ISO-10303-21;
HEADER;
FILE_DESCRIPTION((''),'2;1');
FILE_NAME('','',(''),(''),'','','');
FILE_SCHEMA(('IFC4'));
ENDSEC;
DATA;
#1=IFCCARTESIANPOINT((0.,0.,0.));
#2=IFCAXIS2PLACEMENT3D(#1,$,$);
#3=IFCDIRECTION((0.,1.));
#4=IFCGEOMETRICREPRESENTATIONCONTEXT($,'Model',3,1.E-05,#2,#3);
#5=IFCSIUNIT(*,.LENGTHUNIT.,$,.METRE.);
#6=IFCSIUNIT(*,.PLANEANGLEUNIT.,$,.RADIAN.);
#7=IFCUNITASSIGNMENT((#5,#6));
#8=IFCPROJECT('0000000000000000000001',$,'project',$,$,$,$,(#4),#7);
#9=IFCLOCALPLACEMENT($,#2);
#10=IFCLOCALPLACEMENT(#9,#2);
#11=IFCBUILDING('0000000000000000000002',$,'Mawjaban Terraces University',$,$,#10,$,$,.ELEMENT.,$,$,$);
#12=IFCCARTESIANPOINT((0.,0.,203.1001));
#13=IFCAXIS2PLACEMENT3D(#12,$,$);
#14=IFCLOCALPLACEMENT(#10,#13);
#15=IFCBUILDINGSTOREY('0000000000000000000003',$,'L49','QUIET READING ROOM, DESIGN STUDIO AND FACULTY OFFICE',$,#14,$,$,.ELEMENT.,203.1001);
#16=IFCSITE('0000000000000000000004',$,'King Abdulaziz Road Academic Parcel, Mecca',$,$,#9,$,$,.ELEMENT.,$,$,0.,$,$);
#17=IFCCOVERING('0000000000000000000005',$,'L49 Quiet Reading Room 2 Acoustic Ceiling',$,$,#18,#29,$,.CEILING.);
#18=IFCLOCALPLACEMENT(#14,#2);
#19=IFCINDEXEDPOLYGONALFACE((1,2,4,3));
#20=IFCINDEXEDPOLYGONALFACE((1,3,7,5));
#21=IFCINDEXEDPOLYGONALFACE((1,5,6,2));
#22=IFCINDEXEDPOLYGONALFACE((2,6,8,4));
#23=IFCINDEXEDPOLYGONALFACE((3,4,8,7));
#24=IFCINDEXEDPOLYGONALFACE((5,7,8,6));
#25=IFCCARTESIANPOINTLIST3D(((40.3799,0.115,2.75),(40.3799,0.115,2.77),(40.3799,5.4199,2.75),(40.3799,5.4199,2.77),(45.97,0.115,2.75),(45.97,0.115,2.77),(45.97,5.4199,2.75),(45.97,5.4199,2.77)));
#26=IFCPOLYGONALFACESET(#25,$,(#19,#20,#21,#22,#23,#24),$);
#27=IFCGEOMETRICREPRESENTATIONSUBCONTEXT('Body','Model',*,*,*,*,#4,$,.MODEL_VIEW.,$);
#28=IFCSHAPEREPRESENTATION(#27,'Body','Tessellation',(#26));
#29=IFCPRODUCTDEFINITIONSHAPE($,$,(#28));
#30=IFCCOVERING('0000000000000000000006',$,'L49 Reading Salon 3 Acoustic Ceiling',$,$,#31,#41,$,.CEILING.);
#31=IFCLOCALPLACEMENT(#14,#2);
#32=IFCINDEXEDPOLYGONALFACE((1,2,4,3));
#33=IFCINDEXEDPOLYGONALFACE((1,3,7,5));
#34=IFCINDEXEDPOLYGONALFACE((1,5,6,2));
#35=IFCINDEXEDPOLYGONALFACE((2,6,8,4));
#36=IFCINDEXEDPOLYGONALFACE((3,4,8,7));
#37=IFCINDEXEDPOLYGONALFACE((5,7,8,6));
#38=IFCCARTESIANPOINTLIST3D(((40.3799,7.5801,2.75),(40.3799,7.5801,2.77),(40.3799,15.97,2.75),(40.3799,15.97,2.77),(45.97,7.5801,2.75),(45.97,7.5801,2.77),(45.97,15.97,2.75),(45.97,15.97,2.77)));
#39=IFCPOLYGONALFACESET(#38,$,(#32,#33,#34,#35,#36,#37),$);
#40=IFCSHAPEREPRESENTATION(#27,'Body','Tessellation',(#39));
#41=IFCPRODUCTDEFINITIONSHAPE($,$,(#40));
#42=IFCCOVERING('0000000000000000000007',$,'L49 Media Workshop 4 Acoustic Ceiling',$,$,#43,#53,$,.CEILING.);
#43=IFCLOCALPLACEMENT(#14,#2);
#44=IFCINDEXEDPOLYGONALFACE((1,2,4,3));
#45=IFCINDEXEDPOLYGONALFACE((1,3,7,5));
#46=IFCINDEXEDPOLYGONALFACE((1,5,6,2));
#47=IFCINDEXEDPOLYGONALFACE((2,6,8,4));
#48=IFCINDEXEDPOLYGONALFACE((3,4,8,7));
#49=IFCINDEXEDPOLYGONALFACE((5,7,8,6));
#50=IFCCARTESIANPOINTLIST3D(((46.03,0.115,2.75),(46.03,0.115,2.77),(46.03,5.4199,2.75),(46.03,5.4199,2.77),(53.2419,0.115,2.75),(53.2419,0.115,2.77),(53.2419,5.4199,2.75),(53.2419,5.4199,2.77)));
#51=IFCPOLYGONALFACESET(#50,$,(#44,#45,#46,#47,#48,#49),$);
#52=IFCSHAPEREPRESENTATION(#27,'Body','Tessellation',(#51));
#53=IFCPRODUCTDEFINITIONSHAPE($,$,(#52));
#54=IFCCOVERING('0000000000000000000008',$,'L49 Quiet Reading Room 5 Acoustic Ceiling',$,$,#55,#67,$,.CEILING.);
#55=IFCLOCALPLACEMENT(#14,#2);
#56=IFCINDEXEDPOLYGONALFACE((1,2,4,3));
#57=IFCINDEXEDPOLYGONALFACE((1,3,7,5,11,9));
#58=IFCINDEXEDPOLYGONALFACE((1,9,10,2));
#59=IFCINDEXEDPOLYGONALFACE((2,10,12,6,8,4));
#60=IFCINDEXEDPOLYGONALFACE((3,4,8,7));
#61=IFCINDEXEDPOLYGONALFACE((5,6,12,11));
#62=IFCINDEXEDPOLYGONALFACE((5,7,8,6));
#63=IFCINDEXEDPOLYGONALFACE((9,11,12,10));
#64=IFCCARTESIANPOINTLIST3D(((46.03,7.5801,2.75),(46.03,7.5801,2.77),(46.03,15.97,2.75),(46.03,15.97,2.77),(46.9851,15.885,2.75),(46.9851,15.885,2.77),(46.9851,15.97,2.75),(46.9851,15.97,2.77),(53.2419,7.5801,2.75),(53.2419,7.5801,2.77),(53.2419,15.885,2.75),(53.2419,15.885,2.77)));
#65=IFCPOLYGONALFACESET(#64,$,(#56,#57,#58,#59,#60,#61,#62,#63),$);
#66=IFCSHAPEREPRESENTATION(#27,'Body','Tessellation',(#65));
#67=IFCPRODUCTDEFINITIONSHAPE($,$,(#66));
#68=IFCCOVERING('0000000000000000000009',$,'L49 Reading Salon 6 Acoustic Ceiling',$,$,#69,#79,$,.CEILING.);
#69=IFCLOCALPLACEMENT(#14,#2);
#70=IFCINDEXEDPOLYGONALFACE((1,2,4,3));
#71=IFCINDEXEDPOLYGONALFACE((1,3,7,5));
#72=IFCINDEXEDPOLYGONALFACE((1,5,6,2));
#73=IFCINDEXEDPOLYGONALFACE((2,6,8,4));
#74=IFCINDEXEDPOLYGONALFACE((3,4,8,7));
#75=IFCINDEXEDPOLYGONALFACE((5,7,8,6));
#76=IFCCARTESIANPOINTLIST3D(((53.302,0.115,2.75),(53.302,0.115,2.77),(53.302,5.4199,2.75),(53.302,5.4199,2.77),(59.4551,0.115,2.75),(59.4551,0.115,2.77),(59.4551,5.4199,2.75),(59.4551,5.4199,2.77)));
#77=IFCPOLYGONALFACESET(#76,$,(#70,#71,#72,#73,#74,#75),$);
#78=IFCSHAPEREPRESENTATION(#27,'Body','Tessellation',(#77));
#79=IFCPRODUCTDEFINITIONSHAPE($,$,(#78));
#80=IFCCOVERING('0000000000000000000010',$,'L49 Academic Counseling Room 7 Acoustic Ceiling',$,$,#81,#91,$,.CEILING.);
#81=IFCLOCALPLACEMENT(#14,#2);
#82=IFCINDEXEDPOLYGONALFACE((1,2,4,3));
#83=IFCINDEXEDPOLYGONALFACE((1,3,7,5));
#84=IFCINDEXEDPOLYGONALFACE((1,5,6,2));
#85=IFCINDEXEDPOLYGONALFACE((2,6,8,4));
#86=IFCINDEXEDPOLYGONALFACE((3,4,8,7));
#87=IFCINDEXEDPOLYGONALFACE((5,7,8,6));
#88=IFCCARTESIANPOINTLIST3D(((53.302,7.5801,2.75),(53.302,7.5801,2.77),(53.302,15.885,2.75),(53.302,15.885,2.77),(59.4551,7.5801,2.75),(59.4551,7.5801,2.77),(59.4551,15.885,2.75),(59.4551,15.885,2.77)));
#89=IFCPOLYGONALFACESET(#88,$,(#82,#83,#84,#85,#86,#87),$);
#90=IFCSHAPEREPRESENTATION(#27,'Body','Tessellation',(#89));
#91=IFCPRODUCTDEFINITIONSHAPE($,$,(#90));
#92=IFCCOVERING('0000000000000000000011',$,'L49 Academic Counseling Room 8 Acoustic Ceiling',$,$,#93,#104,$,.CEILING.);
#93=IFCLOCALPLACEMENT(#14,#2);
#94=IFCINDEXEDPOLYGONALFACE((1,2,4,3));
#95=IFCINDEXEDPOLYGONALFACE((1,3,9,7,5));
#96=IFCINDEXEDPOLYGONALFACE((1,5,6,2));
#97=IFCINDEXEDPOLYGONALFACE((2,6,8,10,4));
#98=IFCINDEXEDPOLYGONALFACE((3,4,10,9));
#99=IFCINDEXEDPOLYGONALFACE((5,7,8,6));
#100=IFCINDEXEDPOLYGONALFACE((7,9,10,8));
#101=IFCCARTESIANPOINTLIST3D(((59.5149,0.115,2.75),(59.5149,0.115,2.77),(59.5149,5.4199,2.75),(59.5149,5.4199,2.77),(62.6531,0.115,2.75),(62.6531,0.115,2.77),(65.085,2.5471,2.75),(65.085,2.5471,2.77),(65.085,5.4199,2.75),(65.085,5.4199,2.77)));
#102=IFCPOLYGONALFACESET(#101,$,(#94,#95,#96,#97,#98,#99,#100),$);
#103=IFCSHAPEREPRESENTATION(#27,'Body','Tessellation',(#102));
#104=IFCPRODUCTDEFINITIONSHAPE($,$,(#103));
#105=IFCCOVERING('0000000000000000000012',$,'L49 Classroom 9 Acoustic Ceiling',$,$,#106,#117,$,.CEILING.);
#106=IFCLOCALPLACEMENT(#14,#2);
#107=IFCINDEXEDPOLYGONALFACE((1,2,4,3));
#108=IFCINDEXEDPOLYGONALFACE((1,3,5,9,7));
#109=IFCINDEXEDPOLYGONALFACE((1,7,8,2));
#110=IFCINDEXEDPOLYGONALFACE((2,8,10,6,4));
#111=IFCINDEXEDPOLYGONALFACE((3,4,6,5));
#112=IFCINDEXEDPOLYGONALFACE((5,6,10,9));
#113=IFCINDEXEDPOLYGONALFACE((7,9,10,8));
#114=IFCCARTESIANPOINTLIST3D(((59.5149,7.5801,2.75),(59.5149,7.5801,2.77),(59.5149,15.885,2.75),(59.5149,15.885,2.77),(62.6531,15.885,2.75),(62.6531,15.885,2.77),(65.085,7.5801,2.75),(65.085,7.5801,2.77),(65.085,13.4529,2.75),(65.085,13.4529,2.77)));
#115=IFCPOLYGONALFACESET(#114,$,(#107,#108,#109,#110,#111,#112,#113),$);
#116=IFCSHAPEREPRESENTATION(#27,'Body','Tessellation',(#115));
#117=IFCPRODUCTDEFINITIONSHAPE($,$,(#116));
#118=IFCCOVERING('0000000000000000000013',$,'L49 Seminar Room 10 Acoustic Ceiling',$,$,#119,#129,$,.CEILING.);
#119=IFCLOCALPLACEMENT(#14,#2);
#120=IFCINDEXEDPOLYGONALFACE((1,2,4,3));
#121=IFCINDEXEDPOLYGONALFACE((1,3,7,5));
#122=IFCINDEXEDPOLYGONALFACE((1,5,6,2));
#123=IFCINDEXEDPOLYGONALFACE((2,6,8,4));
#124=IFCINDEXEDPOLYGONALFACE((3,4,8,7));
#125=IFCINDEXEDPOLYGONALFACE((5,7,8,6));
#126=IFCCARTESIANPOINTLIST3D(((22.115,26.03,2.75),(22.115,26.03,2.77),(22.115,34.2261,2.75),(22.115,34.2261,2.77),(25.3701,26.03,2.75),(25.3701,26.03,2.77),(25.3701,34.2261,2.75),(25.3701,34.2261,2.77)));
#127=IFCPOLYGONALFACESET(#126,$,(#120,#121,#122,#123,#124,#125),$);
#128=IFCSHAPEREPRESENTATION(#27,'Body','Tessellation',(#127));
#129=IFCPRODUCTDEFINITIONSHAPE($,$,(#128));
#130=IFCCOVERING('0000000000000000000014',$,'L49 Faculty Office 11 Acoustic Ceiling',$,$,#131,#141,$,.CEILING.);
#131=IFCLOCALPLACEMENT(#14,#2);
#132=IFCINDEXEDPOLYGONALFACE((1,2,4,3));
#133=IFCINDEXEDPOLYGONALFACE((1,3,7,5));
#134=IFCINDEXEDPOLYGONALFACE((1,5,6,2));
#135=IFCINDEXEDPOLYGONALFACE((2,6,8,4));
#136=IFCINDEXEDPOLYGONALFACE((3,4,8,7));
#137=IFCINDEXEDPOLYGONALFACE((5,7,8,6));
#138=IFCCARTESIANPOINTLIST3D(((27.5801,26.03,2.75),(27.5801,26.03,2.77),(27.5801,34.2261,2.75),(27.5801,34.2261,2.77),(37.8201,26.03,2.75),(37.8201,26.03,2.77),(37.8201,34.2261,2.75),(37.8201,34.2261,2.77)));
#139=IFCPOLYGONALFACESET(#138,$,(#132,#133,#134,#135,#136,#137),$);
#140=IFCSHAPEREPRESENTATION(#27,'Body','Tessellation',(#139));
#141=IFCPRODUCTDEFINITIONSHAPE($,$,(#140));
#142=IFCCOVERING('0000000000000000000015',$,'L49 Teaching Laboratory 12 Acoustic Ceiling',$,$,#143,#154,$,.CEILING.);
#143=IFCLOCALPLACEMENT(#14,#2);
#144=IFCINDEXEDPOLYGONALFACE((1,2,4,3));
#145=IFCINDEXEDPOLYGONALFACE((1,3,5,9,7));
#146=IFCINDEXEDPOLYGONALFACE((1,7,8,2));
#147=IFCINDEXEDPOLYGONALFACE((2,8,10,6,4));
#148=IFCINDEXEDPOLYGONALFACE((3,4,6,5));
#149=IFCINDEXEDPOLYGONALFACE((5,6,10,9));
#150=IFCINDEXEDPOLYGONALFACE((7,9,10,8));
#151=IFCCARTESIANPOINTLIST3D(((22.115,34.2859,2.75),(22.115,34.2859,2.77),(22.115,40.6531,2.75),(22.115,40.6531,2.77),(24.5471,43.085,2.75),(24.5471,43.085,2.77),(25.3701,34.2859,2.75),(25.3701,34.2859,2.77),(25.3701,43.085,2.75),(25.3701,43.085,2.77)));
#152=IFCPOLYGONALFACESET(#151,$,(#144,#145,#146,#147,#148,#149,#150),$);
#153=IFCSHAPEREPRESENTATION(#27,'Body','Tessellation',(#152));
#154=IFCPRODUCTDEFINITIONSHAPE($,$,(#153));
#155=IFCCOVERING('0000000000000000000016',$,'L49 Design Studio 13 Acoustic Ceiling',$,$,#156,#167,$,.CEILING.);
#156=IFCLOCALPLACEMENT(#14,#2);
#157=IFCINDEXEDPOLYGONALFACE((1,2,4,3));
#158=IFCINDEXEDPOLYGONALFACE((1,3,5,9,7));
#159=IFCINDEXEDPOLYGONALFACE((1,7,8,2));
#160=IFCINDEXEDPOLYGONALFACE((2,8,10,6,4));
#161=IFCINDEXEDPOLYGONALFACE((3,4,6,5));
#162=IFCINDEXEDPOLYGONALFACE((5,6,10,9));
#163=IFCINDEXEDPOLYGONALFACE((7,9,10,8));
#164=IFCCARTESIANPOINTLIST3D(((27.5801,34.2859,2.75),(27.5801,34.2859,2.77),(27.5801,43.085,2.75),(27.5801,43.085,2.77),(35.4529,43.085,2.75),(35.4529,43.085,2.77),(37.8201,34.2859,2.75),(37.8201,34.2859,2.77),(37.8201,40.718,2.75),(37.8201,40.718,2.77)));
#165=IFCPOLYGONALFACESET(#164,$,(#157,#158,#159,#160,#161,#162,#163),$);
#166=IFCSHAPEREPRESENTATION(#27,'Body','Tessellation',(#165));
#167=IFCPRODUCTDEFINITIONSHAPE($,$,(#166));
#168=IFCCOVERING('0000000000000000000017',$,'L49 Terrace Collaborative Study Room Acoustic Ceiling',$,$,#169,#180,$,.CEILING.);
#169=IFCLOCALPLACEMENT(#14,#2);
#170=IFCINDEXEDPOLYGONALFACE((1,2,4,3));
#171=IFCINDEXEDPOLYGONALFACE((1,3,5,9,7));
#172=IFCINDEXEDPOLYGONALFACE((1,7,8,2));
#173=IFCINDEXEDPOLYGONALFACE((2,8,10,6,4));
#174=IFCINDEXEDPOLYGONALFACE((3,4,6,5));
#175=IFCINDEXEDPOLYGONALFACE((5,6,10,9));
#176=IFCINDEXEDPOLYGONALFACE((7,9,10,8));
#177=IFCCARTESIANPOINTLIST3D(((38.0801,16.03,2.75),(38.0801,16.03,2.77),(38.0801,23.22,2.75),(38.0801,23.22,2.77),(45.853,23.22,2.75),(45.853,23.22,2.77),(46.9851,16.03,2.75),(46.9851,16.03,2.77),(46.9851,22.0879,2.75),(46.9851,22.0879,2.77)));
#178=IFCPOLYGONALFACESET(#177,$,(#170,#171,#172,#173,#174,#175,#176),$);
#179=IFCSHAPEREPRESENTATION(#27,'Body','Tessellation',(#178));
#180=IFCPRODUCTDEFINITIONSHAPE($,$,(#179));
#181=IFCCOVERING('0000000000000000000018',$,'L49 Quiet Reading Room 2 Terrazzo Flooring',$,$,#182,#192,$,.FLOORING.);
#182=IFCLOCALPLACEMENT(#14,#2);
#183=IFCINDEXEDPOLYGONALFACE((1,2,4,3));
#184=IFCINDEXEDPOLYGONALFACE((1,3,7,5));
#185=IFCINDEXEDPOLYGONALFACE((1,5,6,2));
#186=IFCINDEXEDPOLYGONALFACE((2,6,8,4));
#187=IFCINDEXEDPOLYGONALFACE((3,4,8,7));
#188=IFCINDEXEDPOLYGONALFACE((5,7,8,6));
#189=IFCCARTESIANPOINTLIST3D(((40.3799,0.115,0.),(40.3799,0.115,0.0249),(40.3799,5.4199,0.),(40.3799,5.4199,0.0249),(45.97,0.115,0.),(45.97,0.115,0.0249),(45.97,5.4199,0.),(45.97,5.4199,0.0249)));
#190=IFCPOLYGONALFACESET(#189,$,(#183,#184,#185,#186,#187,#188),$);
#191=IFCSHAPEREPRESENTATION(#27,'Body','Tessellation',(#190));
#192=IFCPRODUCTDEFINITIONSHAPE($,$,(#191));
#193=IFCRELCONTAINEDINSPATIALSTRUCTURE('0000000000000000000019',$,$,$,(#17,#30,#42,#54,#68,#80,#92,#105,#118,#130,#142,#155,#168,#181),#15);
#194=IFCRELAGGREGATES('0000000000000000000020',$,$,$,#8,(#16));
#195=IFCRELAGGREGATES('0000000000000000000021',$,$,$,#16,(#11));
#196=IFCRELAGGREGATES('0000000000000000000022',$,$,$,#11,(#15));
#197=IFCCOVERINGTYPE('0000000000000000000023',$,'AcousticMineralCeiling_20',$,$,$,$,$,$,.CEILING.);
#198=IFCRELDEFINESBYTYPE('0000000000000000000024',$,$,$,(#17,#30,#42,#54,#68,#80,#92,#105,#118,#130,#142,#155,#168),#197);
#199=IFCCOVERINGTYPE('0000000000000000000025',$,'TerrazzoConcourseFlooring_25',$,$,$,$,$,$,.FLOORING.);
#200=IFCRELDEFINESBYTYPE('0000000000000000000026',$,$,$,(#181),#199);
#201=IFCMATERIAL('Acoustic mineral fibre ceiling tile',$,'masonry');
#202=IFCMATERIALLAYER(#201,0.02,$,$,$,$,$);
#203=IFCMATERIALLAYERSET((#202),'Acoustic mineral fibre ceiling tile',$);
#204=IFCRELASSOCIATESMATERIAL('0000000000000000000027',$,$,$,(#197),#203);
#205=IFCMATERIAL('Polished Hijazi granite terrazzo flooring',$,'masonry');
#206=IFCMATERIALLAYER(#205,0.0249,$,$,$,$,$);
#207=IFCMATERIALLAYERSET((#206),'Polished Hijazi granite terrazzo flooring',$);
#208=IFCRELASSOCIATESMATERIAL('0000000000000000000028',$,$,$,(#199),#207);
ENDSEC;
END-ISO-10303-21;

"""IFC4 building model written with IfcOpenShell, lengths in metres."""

from ifc_helpers import new_model, si_unit, direction, frame, origin, place, context, subcontext, project, spatial, polyline, outline, extrude, material, layer, layer_set, type_object, element, save


model = new_model("IFC4")

# Units and contexts
model_context = context("Model", 3, precision=1e-05, world=origin(), true_north=direction((0.0, 1.0)))
body_context = subcontext(model_context, "Body", "Model", "MODEL_VIEW")
ifc_project = project(units=[si_unit("LENGTHUNIT", "METRE"), si_unit("PLANEANGLEUNIT", "RADIAN")], contexts=[model_context])

# Site, building, storey
site_placement = place(None, origin())
site = spatial("IfcSite", under=ifc_project, at=site_placement, Name="King Abdulaziz Road Academic Parcel, Mecca", CompositionType="ELEMENT", RefElevation=0.0)
building_placement = place(site_placement, origin())
building = spatial("IfcBuilding", under=site, at=building_placement, Name="Mawjaban Terraces University", CompositionType="ELEMENT")
storey_placement = place(building_placement, frame((0.0, 0.0, 203.1001)))
storey = spatial("IfcBuildingStorey", under=building, at=storey_placement, Name="L49", Description="QUIET READING ROOM, DESIGN STUDIO AND FACULTY OFFICE", CompositionType="ELEMENT", Elevation=203.1001)

# Coverings
ifc_material_1 = material(Name="Acoustic mineral fibre ceiling tile", Category="masonry")
ifc_layer_1 = layer(ifc_material_1, 0.02)
ifc_layer_set_1 = layer_set([ifc_layer_1], Name="Acoustic mineral fibre ceiling tile")
covering_type_1 = type_object("IfcCoveringType", Name="AcousticMineralCeiling_20", PredefinedType="CEILING", material=ifc_layer_set_1)
covering_1_placement = place(storey_placement, frame((0.0, 0.0, 2.75)))
element("IfcCovering", 1, at=covering_1_placement, inside=storey, type_object=covering_type_1, Name="L49 Quiet Reading Room 2 Acoustic Ceiling", PredefinedType="CEILING", context=body_context, shape_type="SweptSolid", body=[
    extrude(outline(polyline([(40.3799, 0.115), (45.97, 0.115), (45.97, 5.4199), (40.3799, 5.4199), (40.3799, 0.115)])), origin(), (0.0, 0.0, 1.0), 0.02),
])
covering_2_placement = place(storey_placement, frame((0.0, 0.0, 2.75)))
element("IfcCovering", 2, at=covering_2_placement, inside=storey, type_object=covering_type_1, Name="L49 Reading Salon 3 Acoustic Ceiling", PredefinedType="CEILING", context=body_context, shape_type="SweptSolid", body=[
    extrude(outline(polyline([(45.97, 7.5801), (45.97, 15.97), (40.3799, 15.97), (40.3799, 7.5801), (45.97, 7.5801)])), origin(), (0.0, 0.0, 1.0), 0.02),
])
covering_3_placement = place(storey_placement, frame((0.0, 0.0, 2.75)))
element("IfcCovering", 3, at=covering_3_placement, inside=storey, type_object=covering_type_1, Name="L49 Media Workshop 4 Acoustic Ceiling", PredefinedType="CEILING", context=body_context, shape_type="SweptSolid", body=[
    extrude(outline(polyline([(46.03, 0.115), (53.2419, 0.115), (53.2419, 5.4199), (46.03, 5.4199), (46.03, 0.115)])), origin(), (0.0, 0.0, 1.0), 0.02),
])
covering_4_placement = place(storey_placement, frame((0.0, 0.0, 2.75)))
element("IfcCovering", 4, at=covering_4_placement, inside=storey, type_object=covering_type_1, Name="L49 Quiet Reading Room 5 Acoustic Ceiling", PredefinedType="CEILING", context=body_context, shape_type="SweptSolid", body=[
    extrude(outline(polyline([(53.2419, 15.885), (46.9851, 15.885), (46.9851, 15.97), (46.03, 15.97), (46.03, 7.5801), (53.2419, 7.5801), (53.2419, 15.885)])), origin(), (0.0, 0.0, 1.0), 0.02),
])
covering_5_placement = place(storey_placement, frame((0.0, 0.0, 2.75)))
element("IfcCovering", 5, at=covering_5_placement, inside=storey, type_object=covering_type_1, Name="L49 Reading Salon 6 Acoustic Ceiling", PredefinedType="CEILING", context=body_context, shape_type="SweptSolid", body=[
    extrude(outline(polyline([(53.302, 0.115), (59.4551, 0.115), (59.4551, 5.4199), (53.302, 5.4199), (53.302, 0.115)])), origin(), (0.0, 0.0, 1.0), 0.02),
])
covering_6_placement = place(storey_placement, frame((0.0, 0.0, 2.75)))
element("IfcCovering", 6, at=covering_6_placement, inside=storey, type_object=covering_type_1, Name="L49 Academic Counseling Room 7 Acoustic Ceiling", PredefinedType="CEILING", context=body_context, shape_type="SweptSolid", body=[
    extrude(outline(polyline([(59.4551, 15.885), (53.302, 15.885), (53.302, 7.5801), (59.4551, 7.5801), (59.4551, 15.885)])), origin(), (0.0, 0.0, 1.0), 0.02),
])
covering_7_placement = place(storey_placement, frame((0.0, 0.0, 2.75)))
element("IfcCovering", 7, at=covering_7_placement, inside=storey, type_object=covering_type_1, Name="L49 Academic Counseling Room 8 Acoustic Ceiling", PredefinedType="CEILING", context=body_context, shape_type="SweptSolid", body=[
    extrude(outline(polyline([(59.5149, 0.115), (62.6531, 0.115), (65.085, 2.5471), (65.085, 5.4199), (59.5149, 5.4199), (59.5149, 0.115)])), origin(), (0.0, 0.0, 1.0), 0.02),
])
covering_8_placement = place(storey_placement, frame((0.0, 0.0, 2.75)))
element("IfcCovering", 8, at=covering_8_placement, inside=storey, type_object=covering_type_1, Name="L49 Classroom 9 Acoustic Ceiling", PredefinedType="CEILING", context=body_context, shape_type="SweptSolid", body=[
    extrude(outline(polyline([(65.085, 7.5801), (65.085, 13.4529), (62.6531, 15.885), (59.5149, 15.885), (59.5149, 7.5801), (65.085, 7.5801)])), origin(), (0.0, 0.0, 1.0), 0.02),
])
covering_9_placement = place(storey_placement, frame((0.0, 0.0, 2.75)))
element("IfcCovering", 9, at=covering_9_placement, inside=storey, type_object=covering_type_1, Name="L49 Seminar Room 10 Acoustic Ceiling", PredefinedType="CEILING", context=body_context, shape_type="SweptSolid", body=[
    extrude(outline(polyline([(22.115, 34.2261), (22.115, 26.03), (25.3701, 26.03), (25.3701, 34.2261), (22.115, 34.2261)])), origin(), (0.0, 0.0, 1.0), 0.02),
])
covering_10_placement = place(storey_placement, frame((0.0, 0.0, 2.75)))
element("IfcCovering", 10, at=covering_10_placement, inside=storey, type_object=covering_type_1, Name="L49 Faculty Office 11 Acoustic Ceiling", PredefinedType="CEILING", context=body_context, shape_type="SweptSolid", body=[
    extrude(outline(polyline([(37.8201, 26.03), (37.8201, 34.2261), (27.5801, 34.2261), (27.5801, 26.03), (37.8201, 26.03)])), origin(), (0.0, 0.0, 1.0), 0.02),
])
covering_11_placement = place(storey_placement, frame((0.0, 0.0, 2.75)))
element("IfcCovering", 11, at=covering_11_placement, inside=storey, type_object=covering_type_1, Name="L49 Teaching Laboratory 12 Acoustic Ceiling", PredefinedType="CEILING", context=body_context, shape_type="SweptSolid", body=[
    extrude(outline(polyline([(25.3701, 43.085), (24.5471, 43.085), (22.115, 40.6531), (22.115, 34.2859), (25.3701, 34.2859), (25.3701, 43.085)])), origin(), (0.0, 0.0, 1.0), 0.02),
])
covering_12_placement = place(storey_placement, frame((0.0, 0.0, 2.75)))
element("IfcCovering", 12, at=covering_12_placement, inside=storey, type_object=covering_type_1, Name="L49 Design Studio 13 Acoustic Ceiling", PredefinedType="CEILING", context=body_context, shape_type="SweptSolid", body=[
    extrude(outline(polyline([(37.8201, 40.718), (35.4529, 43.085), (27.5801, 43.085), (27.5801, 34.2859), (37.8201, 34.2859), (37.8201, 40.718)])), origin(), (0.0, 0.0, 1.0), 0.02),
])
covering_13_placement = place(storey_placement, frame((0.0, 0.0, 2.75)))
element("IfcCovering", 13, at=covering_13_placement, inside=storey, type_object=covering_type_1, Name="L49 Terrace Collaborative Study Room Acoustic Ceiling", PredefinedType="CEILING", context=body_context, shape_type="SweptSolid", body=[
    extrude(outline(polyline([(46.9851, 16.03), (46.9851, 22.0879), (45.853, 23.22), (38.0801, 23.22), (38.0801, 16.03), (46.9851, 16.03)])), origin(), (0.0, 0.0, 1.0), 0.02),
])
ifc_material_2 = material(Name="Polished Hijazi granite terrazzo flooring", Category="masonry")
ifc_layer_2 = layer(ifc_material_2, 0.0249)
ifc_layer_set_2 = layer_set([ifc_layer_2], Name="Polished Hijazi granite terrazzo flooring")
covering_type_2 = type_object("IfcCoveringType", Name="TerrazzoConcourseFlooring_25", PredefinedType="FLOORING", material=ifc_layer_set_2)
covering_14_placement = place(storey_placement, origin())
element("IfcCovering", 14, at=covering_14_placement, inside=storey, type_object=covering_type_2, Name="L49 Quiet Reading Room 2 Terrazzo Flooring", PredefinedType="FLOORING", context=body_context, shape_type="SweptSolid", body=[
    extrude(outline(polyline([(40.3799, 0.115), (45.97, 0.115), (45.97, 5.4199), (40.3799, 5.4199), (40.3799, 0.115)])), origin(), (0.0, 0.0, 1.0), 0.0249),
])

save(model, "model.ifc")
